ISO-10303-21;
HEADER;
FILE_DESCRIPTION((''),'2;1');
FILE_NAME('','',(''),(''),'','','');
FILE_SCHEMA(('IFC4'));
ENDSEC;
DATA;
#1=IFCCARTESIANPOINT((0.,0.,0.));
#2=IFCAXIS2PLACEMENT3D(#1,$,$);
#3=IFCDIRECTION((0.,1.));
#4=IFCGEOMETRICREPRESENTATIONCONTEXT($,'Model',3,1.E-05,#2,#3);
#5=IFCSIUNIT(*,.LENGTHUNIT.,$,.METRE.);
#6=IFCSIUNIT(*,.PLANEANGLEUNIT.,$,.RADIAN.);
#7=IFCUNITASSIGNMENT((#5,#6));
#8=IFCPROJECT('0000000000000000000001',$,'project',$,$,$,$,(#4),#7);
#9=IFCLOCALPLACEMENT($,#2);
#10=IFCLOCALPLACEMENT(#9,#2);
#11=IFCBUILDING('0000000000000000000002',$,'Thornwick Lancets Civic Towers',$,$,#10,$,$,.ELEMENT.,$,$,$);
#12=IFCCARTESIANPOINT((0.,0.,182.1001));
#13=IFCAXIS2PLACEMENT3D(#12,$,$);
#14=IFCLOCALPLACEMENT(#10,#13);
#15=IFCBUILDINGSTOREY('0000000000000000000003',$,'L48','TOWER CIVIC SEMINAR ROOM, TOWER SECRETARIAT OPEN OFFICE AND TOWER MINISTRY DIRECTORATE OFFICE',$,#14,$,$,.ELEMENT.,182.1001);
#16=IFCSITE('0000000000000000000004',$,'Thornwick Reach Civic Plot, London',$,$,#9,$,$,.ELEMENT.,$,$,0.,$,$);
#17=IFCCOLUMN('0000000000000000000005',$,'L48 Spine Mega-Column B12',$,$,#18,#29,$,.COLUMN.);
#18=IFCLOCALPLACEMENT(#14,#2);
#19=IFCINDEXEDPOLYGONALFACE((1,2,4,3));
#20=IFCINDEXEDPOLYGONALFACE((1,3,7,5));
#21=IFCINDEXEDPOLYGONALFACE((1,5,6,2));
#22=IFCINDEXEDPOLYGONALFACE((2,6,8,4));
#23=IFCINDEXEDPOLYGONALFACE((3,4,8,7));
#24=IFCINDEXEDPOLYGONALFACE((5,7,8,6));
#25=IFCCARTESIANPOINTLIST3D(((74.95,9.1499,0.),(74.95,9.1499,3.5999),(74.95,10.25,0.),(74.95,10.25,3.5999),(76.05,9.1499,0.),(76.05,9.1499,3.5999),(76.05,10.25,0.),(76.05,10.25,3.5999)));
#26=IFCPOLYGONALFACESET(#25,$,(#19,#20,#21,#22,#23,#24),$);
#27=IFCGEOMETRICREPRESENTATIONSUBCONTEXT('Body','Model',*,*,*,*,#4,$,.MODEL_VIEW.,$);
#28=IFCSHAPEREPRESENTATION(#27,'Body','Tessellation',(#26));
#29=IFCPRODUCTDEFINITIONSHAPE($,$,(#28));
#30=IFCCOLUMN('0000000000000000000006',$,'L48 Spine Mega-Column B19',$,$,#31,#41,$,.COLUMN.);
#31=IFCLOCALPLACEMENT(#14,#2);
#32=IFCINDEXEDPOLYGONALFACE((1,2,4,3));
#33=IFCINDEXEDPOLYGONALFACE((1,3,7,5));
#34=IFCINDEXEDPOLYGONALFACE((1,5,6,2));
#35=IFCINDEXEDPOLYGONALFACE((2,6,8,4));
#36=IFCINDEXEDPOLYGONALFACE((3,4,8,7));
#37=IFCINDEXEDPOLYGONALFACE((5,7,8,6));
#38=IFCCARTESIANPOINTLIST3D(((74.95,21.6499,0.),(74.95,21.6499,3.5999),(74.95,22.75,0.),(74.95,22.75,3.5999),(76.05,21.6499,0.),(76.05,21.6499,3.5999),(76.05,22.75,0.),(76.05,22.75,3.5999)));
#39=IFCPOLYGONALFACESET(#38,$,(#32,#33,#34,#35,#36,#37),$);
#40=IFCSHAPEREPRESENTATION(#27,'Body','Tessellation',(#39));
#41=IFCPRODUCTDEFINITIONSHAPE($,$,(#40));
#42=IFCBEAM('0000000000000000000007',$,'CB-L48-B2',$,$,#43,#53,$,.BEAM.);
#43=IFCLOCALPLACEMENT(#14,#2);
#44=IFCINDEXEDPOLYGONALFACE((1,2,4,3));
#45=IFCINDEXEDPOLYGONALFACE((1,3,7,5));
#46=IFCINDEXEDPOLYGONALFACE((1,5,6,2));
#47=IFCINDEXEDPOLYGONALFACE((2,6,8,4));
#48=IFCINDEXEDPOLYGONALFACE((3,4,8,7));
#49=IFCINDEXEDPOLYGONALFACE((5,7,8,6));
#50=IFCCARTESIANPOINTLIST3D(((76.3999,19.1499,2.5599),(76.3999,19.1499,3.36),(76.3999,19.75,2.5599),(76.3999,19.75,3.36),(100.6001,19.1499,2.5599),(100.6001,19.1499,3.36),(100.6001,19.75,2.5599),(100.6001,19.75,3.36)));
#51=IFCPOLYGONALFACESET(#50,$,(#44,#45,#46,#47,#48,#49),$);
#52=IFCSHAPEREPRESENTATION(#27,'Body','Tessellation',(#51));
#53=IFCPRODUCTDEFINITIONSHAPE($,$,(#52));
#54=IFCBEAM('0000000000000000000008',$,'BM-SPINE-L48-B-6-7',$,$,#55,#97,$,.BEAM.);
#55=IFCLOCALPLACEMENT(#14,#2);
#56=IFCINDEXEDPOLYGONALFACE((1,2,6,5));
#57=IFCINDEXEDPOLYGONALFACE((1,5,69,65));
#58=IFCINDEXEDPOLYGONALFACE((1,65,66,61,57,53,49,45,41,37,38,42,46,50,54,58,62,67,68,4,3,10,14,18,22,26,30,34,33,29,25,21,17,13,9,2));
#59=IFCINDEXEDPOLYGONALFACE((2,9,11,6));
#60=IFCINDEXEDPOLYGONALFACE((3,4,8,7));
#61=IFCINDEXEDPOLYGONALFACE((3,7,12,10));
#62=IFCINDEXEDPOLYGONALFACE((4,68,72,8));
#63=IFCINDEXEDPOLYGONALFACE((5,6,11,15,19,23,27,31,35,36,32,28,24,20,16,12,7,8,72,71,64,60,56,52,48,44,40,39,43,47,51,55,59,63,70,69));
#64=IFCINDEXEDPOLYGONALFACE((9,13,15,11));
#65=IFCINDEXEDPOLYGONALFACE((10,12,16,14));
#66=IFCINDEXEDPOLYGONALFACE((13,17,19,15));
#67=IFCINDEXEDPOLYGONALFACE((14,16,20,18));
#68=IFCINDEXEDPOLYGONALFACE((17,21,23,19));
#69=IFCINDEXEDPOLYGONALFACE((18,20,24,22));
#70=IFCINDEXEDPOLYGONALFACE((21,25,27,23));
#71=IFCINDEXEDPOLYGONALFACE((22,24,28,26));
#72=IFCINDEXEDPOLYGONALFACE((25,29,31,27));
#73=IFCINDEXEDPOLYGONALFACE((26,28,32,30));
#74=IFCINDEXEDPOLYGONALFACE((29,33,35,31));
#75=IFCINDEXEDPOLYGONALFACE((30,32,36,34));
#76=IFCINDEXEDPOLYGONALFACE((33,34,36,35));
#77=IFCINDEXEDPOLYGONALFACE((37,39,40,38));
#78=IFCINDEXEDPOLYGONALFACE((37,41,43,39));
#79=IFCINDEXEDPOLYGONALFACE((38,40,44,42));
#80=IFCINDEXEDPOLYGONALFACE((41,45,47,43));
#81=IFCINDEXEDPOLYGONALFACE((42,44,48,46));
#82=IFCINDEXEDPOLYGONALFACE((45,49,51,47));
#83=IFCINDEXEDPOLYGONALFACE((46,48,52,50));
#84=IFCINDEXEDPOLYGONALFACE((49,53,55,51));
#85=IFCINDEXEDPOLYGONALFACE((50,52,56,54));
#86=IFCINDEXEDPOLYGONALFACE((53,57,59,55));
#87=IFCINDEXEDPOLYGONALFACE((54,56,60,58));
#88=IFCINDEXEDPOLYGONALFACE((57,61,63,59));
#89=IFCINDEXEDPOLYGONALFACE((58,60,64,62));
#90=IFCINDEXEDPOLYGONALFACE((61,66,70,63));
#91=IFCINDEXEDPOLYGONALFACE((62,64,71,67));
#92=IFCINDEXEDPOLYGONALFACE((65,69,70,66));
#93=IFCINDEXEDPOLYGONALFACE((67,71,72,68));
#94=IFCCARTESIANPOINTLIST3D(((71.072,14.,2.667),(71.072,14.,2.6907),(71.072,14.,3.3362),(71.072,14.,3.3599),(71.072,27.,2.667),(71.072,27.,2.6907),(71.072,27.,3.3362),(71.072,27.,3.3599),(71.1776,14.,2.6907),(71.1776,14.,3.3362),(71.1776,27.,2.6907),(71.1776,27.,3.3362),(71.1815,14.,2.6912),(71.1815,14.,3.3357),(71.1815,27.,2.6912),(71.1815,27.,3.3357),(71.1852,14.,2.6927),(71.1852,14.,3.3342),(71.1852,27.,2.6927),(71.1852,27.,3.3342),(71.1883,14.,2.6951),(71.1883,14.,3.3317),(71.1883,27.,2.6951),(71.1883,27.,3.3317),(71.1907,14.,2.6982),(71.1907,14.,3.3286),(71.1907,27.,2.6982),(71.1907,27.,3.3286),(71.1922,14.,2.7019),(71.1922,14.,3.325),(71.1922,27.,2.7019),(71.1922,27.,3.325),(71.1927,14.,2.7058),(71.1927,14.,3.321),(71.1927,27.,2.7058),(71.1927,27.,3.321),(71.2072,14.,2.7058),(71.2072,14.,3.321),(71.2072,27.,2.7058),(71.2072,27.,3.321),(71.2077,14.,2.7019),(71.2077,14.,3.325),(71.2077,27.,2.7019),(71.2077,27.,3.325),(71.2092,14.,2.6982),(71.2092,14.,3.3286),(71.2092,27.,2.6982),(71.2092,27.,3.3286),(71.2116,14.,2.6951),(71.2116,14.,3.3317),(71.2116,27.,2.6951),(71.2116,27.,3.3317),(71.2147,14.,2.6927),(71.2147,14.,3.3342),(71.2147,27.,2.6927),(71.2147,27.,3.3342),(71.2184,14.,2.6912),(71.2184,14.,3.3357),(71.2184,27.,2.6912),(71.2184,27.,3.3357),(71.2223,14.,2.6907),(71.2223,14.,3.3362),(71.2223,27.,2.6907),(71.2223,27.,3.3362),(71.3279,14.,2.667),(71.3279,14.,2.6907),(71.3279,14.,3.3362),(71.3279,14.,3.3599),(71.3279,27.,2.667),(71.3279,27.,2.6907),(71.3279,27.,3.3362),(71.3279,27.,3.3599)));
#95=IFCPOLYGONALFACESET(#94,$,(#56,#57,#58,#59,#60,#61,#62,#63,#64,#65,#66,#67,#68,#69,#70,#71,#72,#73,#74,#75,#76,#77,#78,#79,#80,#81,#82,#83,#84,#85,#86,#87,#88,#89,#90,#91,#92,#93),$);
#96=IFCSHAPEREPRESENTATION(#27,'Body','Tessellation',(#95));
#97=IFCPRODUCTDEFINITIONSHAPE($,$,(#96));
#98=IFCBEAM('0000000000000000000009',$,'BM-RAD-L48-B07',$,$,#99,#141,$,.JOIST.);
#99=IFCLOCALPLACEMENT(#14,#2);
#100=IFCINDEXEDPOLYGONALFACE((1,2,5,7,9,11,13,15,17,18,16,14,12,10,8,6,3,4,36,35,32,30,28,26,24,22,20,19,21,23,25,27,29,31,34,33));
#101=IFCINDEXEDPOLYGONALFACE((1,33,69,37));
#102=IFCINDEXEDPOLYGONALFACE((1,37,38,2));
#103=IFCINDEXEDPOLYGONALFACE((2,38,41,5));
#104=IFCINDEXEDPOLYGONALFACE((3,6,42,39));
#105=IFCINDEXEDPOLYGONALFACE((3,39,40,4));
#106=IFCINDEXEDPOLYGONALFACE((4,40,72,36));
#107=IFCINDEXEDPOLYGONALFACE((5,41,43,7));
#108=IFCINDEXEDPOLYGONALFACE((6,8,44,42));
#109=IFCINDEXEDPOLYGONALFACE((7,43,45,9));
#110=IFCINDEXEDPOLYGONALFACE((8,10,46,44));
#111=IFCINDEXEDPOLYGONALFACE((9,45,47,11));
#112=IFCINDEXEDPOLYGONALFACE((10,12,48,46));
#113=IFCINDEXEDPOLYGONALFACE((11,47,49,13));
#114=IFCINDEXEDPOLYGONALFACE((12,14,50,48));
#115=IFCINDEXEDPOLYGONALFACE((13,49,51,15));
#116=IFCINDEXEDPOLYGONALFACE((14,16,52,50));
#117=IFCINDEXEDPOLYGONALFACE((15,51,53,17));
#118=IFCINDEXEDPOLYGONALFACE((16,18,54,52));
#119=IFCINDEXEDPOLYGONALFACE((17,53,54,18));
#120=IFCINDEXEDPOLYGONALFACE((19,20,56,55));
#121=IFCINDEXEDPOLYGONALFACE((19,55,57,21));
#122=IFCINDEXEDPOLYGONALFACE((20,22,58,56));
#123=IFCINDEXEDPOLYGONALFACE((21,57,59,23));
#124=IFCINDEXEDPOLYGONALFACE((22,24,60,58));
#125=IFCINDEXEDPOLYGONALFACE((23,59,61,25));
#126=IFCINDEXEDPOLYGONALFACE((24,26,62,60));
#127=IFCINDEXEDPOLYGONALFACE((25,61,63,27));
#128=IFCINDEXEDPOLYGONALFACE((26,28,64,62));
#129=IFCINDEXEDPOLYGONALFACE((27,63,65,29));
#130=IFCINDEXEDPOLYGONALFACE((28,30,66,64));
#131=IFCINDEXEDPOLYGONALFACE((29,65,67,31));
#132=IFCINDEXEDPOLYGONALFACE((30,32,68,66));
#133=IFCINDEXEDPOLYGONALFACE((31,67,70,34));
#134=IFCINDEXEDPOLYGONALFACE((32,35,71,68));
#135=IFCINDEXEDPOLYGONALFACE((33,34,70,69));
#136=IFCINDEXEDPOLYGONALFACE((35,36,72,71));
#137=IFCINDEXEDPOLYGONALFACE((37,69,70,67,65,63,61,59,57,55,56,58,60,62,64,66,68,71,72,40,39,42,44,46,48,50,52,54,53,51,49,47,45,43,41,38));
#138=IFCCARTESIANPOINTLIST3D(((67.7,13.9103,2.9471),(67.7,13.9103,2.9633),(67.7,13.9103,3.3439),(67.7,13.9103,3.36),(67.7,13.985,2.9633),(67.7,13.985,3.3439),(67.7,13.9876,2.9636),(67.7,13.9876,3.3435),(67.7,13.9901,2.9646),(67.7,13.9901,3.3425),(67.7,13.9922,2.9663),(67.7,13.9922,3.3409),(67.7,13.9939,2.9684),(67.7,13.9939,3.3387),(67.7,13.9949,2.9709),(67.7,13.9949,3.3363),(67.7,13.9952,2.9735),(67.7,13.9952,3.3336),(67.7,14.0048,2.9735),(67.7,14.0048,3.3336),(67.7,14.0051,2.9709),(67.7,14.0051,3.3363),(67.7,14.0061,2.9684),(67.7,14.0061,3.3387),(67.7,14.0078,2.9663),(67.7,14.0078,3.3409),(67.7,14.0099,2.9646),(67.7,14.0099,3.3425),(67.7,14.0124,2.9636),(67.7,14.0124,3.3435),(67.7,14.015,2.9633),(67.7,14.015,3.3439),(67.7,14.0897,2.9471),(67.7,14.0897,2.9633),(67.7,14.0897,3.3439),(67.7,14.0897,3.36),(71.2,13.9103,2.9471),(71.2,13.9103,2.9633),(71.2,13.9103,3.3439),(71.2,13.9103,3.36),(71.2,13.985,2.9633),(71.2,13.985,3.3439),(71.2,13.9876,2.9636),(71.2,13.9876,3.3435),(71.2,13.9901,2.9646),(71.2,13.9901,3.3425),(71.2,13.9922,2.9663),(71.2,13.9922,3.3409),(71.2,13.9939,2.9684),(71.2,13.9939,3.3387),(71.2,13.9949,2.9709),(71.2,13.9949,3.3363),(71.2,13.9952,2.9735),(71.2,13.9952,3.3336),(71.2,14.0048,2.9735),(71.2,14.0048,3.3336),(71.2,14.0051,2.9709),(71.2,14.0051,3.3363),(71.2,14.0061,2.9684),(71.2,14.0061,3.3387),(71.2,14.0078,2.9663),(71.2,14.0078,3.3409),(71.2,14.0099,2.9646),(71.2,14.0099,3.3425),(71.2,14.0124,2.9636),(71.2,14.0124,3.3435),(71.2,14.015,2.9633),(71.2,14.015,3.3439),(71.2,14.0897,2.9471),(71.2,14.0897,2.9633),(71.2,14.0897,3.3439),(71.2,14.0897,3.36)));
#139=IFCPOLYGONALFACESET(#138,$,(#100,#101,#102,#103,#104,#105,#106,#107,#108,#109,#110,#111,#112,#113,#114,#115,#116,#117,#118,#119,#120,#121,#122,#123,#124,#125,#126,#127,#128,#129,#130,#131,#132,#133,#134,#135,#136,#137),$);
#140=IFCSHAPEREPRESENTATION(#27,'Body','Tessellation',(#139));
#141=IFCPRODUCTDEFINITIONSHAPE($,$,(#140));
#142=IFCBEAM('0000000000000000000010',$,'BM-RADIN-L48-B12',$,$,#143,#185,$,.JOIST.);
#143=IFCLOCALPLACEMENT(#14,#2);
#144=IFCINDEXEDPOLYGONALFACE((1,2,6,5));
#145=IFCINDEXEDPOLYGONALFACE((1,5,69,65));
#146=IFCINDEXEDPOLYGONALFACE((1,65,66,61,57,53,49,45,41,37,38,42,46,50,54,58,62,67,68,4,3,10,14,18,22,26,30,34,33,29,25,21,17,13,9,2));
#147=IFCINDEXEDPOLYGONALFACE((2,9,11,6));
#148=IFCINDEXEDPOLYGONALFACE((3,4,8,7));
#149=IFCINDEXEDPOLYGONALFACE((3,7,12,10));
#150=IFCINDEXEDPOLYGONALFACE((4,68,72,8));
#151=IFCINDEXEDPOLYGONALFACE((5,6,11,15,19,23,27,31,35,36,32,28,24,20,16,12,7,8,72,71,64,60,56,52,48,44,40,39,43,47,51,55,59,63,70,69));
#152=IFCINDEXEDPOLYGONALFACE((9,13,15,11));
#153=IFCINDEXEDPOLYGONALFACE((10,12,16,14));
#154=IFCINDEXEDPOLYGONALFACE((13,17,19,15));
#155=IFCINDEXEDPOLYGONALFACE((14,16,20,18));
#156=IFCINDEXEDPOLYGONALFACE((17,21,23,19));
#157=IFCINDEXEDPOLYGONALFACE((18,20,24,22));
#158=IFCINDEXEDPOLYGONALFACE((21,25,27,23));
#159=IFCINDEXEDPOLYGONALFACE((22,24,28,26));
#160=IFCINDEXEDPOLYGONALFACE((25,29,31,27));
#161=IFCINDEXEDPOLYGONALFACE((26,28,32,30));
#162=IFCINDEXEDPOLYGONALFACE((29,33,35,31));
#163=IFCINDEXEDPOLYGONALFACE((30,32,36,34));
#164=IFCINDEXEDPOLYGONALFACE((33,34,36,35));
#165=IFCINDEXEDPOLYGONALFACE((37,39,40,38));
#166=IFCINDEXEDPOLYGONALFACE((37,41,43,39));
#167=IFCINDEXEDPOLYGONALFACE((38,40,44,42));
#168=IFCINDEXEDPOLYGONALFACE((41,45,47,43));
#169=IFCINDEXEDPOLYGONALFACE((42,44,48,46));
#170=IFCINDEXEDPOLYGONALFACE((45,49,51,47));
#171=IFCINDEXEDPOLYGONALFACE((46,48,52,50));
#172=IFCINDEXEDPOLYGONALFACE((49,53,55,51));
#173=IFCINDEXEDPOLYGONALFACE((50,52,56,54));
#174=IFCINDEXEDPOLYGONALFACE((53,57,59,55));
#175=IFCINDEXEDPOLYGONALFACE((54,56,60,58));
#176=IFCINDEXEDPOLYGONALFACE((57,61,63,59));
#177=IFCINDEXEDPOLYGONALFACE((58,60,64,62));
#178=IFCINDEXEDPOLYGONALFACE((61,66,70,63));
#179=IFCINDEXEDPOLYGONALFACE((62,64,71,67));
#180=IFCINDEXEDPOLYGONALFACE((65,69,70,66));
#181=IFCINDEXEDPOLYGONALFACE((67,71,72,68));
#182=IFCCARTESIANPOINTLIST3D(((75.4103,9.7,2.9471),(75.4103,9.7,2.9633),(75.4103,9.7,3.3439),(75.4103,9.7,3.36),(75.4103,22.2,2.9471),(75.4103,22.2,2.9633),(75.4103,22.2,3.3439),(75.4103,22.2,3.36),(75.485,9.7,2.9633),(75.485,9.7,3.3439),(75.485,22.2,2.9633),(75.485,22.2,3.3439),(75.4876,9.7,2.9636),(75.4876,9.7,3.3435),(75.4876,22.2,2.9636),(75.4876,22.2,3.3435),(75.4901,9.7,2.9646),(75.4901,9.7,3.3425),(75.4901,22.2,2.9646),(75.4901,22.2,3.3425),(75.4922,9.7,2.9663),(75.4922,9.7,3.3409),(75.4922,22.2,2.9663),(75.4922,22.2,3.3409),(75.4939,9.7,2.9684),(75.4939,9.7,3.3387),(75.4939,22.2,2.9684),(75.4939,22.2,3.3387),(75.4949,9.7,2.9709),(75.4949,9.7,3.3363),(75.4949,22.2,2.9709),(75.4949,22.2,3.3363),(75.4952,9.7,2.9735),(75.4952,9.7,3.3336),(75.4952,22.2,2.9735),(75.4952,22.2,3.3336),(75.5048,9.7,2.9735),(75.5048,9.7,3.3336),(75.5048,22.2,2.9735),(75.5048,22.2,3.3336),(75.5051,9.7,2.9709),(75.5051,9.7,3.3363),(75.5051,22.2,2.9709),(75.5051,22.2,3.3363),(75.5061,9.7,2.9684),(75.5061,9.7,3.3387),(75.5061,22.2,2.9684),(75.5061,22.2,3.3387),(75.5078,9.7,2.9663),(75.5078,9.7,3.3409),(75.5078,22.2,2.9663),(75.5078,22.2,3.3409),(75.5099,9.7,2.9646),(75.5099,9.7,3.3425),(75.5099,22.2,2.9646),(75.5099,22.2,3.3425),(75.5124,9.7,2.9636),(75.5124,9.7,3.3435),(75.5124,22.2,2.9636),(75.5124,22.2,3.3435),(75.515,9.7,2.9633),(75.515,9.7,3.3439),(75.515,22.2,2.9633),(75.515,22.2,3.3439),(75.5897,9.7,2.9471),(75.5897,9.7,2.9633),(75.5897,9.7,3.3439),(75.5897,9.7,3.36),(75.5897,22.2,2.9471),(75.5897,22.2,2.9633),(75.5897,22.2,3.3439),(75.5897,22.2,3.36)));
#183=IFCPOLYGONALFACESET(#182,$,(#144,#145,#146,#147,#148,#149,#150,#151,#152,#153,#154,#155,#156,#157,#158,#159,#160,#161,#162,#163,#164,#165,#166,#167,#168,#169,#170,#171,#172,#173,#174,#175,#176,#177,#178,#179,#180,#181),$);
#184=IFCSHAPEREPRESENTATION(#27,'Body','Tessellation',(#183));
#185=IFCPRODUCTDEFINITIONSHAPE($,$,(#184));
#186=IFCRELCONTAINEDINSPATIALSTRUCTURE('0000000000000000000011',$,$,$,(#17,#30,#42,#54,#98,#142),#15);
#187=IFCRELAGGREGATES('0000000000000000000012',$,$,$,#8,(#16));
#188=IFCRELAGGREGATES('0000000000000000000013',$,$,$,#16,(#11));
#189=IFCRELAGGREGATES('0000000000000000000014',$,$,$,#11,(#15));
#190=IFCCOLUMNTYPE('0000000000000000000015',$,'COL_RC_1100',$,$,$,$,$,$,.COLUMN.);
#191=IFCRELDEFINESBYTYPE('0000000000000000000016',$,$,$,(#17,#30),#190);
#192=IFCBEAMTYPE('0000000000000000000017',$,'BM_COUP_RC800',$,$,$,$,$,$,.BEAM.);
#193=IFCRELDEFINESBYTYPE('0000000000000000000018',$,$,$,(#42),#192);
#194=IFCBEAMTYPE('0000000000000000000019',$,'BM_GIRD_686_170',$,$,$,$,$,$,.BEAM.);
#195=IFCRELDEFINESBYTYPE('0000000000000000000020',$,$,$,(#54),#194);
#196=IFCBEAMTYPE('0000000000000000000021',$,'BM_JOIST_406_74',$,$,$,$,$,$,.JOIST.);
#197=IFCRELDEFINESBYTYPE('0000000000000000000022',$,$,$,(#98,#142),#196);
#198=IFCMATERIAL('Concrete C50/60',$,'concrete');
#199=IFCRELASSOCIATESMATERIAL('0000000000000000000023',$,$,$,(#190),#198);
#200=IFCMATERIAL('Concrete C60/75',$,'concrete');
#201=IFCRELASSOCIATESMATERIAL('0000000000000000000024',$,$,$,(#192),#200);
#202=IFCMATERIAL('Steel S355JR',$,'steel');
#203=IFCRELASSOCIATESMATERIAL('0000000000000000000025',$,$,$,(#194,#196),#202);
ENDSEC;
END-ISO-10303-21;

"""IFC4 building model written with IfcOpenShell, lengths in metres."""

from ifc_helpers import new_model, si_unit, direction, frame, origin, origin_2d, place, context, subcontext, project, spatial, rectangle, i_section, extrude, material, material_profile, profile_set, type_object, element, save


model = new_model("IFC4")

# Units and contexts
model_context = context("Model", 3, precision=1e-05, world=origin(), true_north=direction((0.0, 1.0)))
body_context = subcontext(model_context, "Body", "Model", "MODEL_VIEW")
ifc_project = project(units=[si_unit("LENGTHUNIT", "METRE"), si_unit("PLANEANGLEUNIT", "RADIAN")], contexts=[model_context])

# Site, building, storey
site_placement = place(None, origin())
site = spatial("IfcSite", under=ifc_project, at=site_placement, Name="Thornwick Reach Civic Plot, London", CompositionType="ELEMENT", RefElevation=0.0)
building_placement = place(site_placement, origin())
building = spatial("IfcBuilding", under=site, at=building_placement, Name="Thornwick Lancets Civic Towers", CompositionType="ELEMENT")
storey_placement = place(building_placement, frame((0.0, 0.0, 182.1001)))
storey = spatial("IfcBuildingStorey", under=building, at=storey_placement, Name="L48", Description="TOWER CIVIC SEMINAR ROOM, TOWER SECRETARIAT OPEN OFFICE AND TOWER MINISTRY DIRECTORATE OFFICE", CompositionType="ELEMENT", Elevation=182.1001)

# Columns
ifc_material_1 = material(Name="Concrete C50/60", Category="concrete")
ifc_material_profile_1 = material_profile(ifc_material_1, rectangle(XDim=1.1001, YDim=1.1001, at=origin_2d()), Name="RC 1100x1100")
ifc_profile_set_1 = profile_set([ifc_material_profile_1], Name="Concrete C50/60")
column_type = type_object("IfcColumnType", Name="COL_RC_1100", PredefinedType="COLUMN", material=ifc_profile_set_1)
for number, where, z_axis, x_axis, name in (
    (1, (75.5, 9.7, 0.0), (0.0, 0.0, 1.0), (1.0, 0.0, 0.0), "L48 Spine Mega-Column B12"),
    (2, (75.5, 22.2, 0.0), (0.0, 0.0, 1.0), (1.0, 0.0, 0.0), "L48 Spine Mega-Column B19"),
):
    element("IfcColumn", number, at=place(storey_placement, frame(where, z_axis=z_axis, x_axis=x_axis)), inside=storey, type_object=column_type, Name=name, PredefinedType="COLUMN", context=body_context, shape_type="SweptSolid", body=[
        extrude(rectangle(XDim=1.1001, YDim=1.1001, at=origin_2d()), origin(), (0.0, 0.0, 1.0), 3.5999),
    ])

# Beams
ifc_material_2 = material(Name="Concrete C60/75", Category="concrete")
ifc_material_profile_2 = material_profile(ifc_material_2, rectangle(XDim=0.6001, YDim=0.8, at=origin_2d()), Name="RC 600x800")
ifc_profile_set_2 = profile_set([ifc_material_profile_2], Name="Concrete C60/75")
beam_type_1 = type_object("IfcBeamType", Name="BM_COUP_RC800", PredefinedType="BEAM", material=ifc_profile_set_2)
beam_1_placement = place(storey_placement, frame((76.3999, 19.45, 2.96), z_axis=(1.0, 0.0, 0.0), x_axis=(0.0, 1.0, 0.0)))
element("IfcBeam", 3, at=beam_1_placement, inside=storey, type_object=beam_type_1, Name="CB-L48-B2", PredefinedType="BEAM", context=body_context, shape_type="SweptSolid", body=[
    extrude(rectangle(XDim=0.6001, YDim=0.8, at=origin_2d()), origin(), (0.0, 0.0, 1.0), 24.2002),
])
ifc_material_3 = material(Name="Steel S355JR", Category="steel")
ifc_material_profile_3 = material_profile(ifc_material_3, i_section(OverallWidth=0.2559, OverallDepth=0.6929, WebThickness=0.0144, FlangeThickness=0.0237, FilletRadius=0.0151, at=origin_2d()), Name="UKB 686x254x170")
ifc_profile_set_3 = profile_set([ifc_material_profile_3], Name="Steel S355JR")
beam_type_2 = type_object("IfcBeamType", Name="BM_GIRD_686_170", PredefinedType="BEAM", material=ifc_profile_set_3)
beam_2_placement = place(storey_placement, frame((71.2, 14.0, 3.0134), z_axis=(0.0, 1.0, 0.0), x_axis=(-1.0, 0.0, 0.0)))
element("IfcBeam", 4, at=beam_2_placement, inside=storey, type_object=beam_type_2, Name="BM-SPINE-L48-B-6-7", PredefinedType="BEAM", context=body_context, shape_type="SweptSolid", body=[
    extrude(i_section(OverallWidth=0.2559, OverallDepth=0.6929, WebThickness=0.0144, FlangeThickness=0.0237, FilletRadius=0.0151, at=origin_2d()), origin(), (0.0, 0.0, 1.0), 13.0),
])
ifc_material_profile_4 = material_profile(ifc_material_3, i_section(OverallWidth=0.1794, OverallDepth=0.4128, WebThickness=0.0095, FlangeThickness=0.0161, FilletRadius=0.0103, at=origin_2d()), Name="UKB 406x178x74")
ifc_profile_set_4 = profile_set([ifc_material_profile_4], Name="Steel S355JR")
beam_type_3 = type_object("IfcBeamType", Name="BM_JOIST_406_74", PredefinedType="JOIST", material=ifc_profile_set_4)
beam_3_placement = place(storey_placement, frame((71.2, 14.0, 3.1536), z_axis=(-1.0, 0.0, 0.0), x_axis=(0.0, -1.0, 0.0)))
element("IfcBeam", 5, at=beam_3_placement, inside=storey, type_object=beam_type_3, Name="BM-RAD-L48-B07", PredefinedType="JOIST", context=body_context, shape_type="SweptSolid", body=[
    extrude(i_section(OverallWidth=0.1794, OverallDepth=0.4128, WebThickness=0.0095, FlangeThickness=0.0161, FilletRadius=0.0103, at=origin_2d()), origin(), (0.0, 0.0, 1.0), 3.5),
])
beam_4_placement = place(storey_placement, frame((75.5, 22.2, 3.1536), z_axis=(0.0, -1.0, 0.0), x_axis=(1.0, 0.0, 0.0)))
element("IfcBeam", 6, at=beam_4_placement, inside=storey, type_object=beam_type_3, Name="BM-RADIN-L48-B12", PredefinedType="JOIST", context=body_context, shape_type="SweptSolid", body=[
    extrude(i_section(OverallWidth=0.1794, OverallDepth=0.4128, WebThickness=0.0095, FlangeThickness=0.0161, FilletRadius=0.0103, at=origin_2d()), origin(), (0.0, 0.0, 1.0), 12.5),
])

save(model, "model.ifc")
